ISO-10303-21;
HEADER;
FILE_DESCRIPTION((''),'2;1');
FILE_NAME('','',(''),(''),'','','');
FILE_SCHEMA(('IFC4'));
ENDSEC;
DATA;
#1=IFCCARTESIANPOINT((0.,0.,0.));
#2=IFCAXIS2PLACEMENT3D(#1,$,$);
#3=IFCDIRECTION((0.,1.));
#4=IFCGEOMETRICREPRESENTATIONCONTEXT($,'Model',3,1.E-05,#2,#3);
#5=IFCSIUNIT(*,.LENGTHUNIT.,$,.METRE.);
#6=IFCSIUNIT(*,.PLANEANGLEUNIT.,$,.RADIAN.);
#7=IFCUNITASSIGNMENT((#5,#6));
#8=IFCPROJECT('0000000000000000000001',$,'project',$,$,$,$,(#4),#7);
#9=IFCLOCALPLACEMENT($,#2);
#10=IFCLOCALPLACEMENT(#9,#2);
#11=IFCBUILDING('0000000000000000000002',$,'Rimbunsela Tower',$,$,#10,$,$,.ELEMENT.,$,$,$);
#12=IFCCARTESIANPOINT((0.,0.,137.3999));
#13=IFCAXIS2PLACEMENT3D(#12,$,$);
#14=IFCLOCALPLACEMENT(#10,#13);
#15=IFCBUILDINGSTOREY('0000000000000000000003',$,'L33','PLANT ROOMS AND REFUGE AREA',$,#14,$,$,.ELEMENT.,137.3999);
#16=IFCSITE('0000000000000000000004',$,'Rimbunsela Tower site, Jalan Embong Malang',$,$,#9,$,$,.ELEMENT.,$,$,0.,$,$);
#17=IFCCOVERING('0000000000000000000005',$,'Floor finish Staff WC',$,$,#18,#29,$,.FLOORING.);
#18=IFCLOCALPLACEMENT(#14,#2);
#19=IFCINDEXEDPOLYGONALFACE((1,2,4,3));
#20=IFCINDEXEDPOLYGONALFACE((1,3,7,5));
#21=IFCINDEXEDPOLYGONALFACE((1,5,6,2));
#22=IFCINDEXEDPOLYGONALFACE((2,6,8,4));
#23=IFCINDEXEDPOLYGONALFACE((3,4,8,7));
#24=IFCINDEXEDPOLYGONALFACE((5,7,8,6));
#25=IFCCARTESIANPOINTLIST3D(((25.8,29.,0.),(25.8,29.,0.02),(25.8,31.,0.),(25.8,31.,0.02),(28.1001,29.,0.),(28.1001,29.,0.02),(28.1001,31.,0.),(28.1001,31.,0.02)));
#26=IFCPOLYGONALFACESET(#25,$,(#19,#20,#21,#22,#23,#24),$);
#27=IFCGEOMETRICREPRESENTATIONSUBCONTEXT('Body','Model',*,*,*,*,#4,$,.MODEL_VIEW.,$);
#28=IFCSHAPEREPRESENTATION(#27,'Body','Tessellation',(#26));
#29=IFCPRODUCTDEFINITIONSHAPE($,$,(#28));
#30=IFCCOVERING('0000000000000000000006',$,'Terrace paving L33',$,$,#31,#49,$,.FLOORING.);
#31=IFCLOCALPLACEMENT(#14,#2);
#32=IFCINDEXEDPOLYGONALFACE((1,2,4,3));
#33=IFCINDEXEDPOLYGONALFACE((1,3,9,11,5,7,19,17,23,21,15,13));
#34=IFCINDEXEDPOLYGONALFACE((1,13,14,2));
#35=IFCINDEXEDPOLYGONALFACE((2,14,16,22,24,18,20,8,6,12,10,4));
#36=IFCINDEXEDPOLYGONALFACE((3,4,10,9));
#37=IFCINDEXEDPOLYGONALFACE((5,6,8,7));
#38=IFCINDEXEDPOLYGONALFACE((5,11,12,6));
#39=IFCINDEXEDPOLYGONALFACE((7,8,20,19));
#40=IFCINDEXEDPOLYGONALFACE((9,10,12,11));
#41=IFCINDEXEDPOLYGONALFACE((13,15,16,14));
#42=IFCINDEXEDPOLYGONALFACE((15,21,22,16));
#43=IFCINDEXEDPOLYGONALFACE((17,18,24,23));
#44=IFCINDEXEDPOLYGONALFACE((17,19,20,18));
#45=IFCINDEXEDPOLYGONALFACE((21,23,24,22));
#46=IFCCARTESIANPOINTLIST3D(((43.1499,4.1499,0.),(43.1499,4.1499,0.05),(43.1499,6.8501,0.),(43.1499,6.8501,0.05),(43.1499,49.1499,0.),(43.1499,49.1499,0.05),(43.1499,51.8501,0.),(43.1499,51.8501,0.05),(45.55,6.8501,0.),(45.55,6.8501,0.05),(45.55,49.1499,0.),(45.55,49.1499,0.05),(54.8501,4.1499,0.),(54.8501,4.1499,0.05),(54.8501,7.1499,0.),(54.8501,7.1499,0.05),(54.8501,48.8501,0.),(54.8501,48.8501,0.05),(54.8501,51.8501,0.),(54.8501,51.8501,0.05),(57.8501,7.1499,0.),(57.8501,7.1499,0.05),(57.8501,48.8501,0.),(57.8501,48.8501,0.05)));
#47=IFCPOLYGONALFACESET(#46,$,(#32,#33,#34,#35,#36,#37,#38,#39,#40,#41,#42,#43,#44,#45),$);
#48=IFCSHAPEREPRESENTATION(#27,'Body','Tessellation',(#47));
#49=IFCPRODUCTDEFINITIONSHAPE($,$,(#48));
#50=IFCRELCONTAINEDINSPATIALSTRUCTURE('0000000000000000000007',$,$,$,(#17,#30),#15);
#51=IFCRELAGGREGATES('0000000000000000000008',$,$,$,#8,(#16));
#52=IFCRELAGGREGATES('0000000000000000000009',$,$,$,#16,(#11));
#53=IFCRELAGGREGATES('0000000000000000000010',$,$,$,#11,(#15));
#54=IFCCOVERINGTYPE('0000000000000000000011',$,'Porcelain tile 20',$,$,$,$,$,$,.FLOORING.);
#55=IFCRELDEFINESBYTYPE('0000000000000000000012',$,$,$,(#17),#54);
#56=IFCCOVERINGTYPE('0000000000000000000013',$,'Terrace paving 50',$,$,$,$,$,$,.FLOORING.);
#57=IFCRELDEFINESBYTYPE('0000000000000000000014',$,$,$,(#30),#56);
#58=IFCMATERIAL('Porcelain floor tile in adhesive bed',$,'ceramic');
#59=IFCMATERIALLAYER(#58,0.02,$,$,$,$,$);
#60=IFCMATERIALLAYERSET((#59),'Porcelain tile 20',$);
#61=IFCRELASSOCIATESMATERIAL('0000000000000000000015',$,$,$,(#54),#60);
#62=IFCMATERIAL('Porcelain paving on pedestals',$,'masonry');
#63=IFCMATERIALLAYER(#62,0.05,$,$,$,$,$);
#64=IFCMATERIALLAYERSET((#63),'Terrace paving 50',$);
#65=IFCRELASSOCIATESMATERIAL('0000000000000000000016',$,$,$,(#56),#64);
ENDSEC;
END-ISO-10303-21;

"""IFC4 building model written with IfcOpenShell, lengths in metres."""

from ifc_helpers import new_model, si_unit, direction, frame, origin, place, context, subcontext, project, spatial, polyline, outline, extrude, material, layer, layer_set, type_object, element, save


model = new_model("IFC4")

# Units and contexts
model_context = context("Model", 3, precision=1e-05, world=origin(), true_north=direction((0.0, 1.0)))
body_context = subcontext(model_context, "Body", "Model", "MODEL_VIEW")
ifc_project = project(units=[si_unit("LENGTHUNIT", "METRE"), si_unit("PLANEANGLEUNIT", "RADIAN")], contexts=[model_context])

# Site, building, storey
site_placement = place(None, origin())
site = spatial("IfcSite", under=ifc_project, at=site_placement, Name="Rimbunsela Tower site, Jalan Embong Malang", CompositionType="ELEMENT", RefElevation=0.0)
building_placement = place(site_placement, origin())
building = spatial("IfcBuilding", under=site, at=building_placement, Name="Rimbunsela Tower", CompositionType="ELEMENT")
storey_placement = place(building_placement, frame((0.0, 0.0, 137.3999)))
storey = spatial("IfcBuildingStorey", under=building, at=storey_placement, Name="L33", Description="PLANT ROOMS AND REFUGE AREA", CompositionType="ELEMENT", Elevation=137.3999)

# Coverings
ifc_material_1 = material(Name="Porcelain floor tile in adhesive bed", Category="ceramic")
ifc_layer_1 = layer(ifc_material_1, 0.02)
ifc_layer_set_1 = layer_set([ifc_layer_1], Name="Porcelain tile 20")
covering_type_1 = type_object("IfcCoveringType", Name="Porcelain tile 20", PredefinedType="FLOORING", material=ifc_layer_set_1)
covering_1_placement = place(storey_placement, origin())
element("IfcCovering", 1, at=covering_1_placement, inside=storey, type_object=covering_type_1, Name="Floor finish Staff WC", PredefinedType="FLOORING", context=body_context, shape_type="SweptSolid", body=[
    extrude(outline(polyline([(28.1001, 29.0), (28.1001, 31.0), (25.8, 31.0), (25.8, 29.0), (28.1001, 29.0)])), origin(), (0.0, 0.0, 1.0), 0.02),
])
ifc_material_2 = material(Name="Porcelain paving on pedestals", Category="masonry")
ifc_layer_2 = layer(ifc_material_2, 0.05)
ifc_layer_set_2 = layer_set([ifc_layer_2], Name="Terrace paving 50")
covering_type_2 = type_object("IfcCoveringType", Name="Terrace paving 50", PredefinedType="FLOORING", material=ifc_layer_set_2)
covering_2_placement = place(storey_placement, origin())
element("IfcCovering", 2, at=covering_2_placement, inside=storey, type_object=covering_type_2, Name="Terrace paving L33", PredefinedType="FLOORING", context=body_context, shape_type="SweptSolid", body=[
    extrude(outline(polyline([(54.8501, 51.8501), (54.8501, 48.8501), (57.8501, 48.8501), (57.8501, 7.1499), (54.8501, 7.1499), (54.8501, 4.1499), (43.1499, 4.1499), (43.1499, 6.8501), (45.55, 6.8501), (45.55, 49.1499), (43.1499, 49.1499), (43.1499, 51.8501), (54.8501, 51.8501)])), origin(), (0.0, 0.0, 1.0), 0.05),
])

save(model, "model.ifc")
